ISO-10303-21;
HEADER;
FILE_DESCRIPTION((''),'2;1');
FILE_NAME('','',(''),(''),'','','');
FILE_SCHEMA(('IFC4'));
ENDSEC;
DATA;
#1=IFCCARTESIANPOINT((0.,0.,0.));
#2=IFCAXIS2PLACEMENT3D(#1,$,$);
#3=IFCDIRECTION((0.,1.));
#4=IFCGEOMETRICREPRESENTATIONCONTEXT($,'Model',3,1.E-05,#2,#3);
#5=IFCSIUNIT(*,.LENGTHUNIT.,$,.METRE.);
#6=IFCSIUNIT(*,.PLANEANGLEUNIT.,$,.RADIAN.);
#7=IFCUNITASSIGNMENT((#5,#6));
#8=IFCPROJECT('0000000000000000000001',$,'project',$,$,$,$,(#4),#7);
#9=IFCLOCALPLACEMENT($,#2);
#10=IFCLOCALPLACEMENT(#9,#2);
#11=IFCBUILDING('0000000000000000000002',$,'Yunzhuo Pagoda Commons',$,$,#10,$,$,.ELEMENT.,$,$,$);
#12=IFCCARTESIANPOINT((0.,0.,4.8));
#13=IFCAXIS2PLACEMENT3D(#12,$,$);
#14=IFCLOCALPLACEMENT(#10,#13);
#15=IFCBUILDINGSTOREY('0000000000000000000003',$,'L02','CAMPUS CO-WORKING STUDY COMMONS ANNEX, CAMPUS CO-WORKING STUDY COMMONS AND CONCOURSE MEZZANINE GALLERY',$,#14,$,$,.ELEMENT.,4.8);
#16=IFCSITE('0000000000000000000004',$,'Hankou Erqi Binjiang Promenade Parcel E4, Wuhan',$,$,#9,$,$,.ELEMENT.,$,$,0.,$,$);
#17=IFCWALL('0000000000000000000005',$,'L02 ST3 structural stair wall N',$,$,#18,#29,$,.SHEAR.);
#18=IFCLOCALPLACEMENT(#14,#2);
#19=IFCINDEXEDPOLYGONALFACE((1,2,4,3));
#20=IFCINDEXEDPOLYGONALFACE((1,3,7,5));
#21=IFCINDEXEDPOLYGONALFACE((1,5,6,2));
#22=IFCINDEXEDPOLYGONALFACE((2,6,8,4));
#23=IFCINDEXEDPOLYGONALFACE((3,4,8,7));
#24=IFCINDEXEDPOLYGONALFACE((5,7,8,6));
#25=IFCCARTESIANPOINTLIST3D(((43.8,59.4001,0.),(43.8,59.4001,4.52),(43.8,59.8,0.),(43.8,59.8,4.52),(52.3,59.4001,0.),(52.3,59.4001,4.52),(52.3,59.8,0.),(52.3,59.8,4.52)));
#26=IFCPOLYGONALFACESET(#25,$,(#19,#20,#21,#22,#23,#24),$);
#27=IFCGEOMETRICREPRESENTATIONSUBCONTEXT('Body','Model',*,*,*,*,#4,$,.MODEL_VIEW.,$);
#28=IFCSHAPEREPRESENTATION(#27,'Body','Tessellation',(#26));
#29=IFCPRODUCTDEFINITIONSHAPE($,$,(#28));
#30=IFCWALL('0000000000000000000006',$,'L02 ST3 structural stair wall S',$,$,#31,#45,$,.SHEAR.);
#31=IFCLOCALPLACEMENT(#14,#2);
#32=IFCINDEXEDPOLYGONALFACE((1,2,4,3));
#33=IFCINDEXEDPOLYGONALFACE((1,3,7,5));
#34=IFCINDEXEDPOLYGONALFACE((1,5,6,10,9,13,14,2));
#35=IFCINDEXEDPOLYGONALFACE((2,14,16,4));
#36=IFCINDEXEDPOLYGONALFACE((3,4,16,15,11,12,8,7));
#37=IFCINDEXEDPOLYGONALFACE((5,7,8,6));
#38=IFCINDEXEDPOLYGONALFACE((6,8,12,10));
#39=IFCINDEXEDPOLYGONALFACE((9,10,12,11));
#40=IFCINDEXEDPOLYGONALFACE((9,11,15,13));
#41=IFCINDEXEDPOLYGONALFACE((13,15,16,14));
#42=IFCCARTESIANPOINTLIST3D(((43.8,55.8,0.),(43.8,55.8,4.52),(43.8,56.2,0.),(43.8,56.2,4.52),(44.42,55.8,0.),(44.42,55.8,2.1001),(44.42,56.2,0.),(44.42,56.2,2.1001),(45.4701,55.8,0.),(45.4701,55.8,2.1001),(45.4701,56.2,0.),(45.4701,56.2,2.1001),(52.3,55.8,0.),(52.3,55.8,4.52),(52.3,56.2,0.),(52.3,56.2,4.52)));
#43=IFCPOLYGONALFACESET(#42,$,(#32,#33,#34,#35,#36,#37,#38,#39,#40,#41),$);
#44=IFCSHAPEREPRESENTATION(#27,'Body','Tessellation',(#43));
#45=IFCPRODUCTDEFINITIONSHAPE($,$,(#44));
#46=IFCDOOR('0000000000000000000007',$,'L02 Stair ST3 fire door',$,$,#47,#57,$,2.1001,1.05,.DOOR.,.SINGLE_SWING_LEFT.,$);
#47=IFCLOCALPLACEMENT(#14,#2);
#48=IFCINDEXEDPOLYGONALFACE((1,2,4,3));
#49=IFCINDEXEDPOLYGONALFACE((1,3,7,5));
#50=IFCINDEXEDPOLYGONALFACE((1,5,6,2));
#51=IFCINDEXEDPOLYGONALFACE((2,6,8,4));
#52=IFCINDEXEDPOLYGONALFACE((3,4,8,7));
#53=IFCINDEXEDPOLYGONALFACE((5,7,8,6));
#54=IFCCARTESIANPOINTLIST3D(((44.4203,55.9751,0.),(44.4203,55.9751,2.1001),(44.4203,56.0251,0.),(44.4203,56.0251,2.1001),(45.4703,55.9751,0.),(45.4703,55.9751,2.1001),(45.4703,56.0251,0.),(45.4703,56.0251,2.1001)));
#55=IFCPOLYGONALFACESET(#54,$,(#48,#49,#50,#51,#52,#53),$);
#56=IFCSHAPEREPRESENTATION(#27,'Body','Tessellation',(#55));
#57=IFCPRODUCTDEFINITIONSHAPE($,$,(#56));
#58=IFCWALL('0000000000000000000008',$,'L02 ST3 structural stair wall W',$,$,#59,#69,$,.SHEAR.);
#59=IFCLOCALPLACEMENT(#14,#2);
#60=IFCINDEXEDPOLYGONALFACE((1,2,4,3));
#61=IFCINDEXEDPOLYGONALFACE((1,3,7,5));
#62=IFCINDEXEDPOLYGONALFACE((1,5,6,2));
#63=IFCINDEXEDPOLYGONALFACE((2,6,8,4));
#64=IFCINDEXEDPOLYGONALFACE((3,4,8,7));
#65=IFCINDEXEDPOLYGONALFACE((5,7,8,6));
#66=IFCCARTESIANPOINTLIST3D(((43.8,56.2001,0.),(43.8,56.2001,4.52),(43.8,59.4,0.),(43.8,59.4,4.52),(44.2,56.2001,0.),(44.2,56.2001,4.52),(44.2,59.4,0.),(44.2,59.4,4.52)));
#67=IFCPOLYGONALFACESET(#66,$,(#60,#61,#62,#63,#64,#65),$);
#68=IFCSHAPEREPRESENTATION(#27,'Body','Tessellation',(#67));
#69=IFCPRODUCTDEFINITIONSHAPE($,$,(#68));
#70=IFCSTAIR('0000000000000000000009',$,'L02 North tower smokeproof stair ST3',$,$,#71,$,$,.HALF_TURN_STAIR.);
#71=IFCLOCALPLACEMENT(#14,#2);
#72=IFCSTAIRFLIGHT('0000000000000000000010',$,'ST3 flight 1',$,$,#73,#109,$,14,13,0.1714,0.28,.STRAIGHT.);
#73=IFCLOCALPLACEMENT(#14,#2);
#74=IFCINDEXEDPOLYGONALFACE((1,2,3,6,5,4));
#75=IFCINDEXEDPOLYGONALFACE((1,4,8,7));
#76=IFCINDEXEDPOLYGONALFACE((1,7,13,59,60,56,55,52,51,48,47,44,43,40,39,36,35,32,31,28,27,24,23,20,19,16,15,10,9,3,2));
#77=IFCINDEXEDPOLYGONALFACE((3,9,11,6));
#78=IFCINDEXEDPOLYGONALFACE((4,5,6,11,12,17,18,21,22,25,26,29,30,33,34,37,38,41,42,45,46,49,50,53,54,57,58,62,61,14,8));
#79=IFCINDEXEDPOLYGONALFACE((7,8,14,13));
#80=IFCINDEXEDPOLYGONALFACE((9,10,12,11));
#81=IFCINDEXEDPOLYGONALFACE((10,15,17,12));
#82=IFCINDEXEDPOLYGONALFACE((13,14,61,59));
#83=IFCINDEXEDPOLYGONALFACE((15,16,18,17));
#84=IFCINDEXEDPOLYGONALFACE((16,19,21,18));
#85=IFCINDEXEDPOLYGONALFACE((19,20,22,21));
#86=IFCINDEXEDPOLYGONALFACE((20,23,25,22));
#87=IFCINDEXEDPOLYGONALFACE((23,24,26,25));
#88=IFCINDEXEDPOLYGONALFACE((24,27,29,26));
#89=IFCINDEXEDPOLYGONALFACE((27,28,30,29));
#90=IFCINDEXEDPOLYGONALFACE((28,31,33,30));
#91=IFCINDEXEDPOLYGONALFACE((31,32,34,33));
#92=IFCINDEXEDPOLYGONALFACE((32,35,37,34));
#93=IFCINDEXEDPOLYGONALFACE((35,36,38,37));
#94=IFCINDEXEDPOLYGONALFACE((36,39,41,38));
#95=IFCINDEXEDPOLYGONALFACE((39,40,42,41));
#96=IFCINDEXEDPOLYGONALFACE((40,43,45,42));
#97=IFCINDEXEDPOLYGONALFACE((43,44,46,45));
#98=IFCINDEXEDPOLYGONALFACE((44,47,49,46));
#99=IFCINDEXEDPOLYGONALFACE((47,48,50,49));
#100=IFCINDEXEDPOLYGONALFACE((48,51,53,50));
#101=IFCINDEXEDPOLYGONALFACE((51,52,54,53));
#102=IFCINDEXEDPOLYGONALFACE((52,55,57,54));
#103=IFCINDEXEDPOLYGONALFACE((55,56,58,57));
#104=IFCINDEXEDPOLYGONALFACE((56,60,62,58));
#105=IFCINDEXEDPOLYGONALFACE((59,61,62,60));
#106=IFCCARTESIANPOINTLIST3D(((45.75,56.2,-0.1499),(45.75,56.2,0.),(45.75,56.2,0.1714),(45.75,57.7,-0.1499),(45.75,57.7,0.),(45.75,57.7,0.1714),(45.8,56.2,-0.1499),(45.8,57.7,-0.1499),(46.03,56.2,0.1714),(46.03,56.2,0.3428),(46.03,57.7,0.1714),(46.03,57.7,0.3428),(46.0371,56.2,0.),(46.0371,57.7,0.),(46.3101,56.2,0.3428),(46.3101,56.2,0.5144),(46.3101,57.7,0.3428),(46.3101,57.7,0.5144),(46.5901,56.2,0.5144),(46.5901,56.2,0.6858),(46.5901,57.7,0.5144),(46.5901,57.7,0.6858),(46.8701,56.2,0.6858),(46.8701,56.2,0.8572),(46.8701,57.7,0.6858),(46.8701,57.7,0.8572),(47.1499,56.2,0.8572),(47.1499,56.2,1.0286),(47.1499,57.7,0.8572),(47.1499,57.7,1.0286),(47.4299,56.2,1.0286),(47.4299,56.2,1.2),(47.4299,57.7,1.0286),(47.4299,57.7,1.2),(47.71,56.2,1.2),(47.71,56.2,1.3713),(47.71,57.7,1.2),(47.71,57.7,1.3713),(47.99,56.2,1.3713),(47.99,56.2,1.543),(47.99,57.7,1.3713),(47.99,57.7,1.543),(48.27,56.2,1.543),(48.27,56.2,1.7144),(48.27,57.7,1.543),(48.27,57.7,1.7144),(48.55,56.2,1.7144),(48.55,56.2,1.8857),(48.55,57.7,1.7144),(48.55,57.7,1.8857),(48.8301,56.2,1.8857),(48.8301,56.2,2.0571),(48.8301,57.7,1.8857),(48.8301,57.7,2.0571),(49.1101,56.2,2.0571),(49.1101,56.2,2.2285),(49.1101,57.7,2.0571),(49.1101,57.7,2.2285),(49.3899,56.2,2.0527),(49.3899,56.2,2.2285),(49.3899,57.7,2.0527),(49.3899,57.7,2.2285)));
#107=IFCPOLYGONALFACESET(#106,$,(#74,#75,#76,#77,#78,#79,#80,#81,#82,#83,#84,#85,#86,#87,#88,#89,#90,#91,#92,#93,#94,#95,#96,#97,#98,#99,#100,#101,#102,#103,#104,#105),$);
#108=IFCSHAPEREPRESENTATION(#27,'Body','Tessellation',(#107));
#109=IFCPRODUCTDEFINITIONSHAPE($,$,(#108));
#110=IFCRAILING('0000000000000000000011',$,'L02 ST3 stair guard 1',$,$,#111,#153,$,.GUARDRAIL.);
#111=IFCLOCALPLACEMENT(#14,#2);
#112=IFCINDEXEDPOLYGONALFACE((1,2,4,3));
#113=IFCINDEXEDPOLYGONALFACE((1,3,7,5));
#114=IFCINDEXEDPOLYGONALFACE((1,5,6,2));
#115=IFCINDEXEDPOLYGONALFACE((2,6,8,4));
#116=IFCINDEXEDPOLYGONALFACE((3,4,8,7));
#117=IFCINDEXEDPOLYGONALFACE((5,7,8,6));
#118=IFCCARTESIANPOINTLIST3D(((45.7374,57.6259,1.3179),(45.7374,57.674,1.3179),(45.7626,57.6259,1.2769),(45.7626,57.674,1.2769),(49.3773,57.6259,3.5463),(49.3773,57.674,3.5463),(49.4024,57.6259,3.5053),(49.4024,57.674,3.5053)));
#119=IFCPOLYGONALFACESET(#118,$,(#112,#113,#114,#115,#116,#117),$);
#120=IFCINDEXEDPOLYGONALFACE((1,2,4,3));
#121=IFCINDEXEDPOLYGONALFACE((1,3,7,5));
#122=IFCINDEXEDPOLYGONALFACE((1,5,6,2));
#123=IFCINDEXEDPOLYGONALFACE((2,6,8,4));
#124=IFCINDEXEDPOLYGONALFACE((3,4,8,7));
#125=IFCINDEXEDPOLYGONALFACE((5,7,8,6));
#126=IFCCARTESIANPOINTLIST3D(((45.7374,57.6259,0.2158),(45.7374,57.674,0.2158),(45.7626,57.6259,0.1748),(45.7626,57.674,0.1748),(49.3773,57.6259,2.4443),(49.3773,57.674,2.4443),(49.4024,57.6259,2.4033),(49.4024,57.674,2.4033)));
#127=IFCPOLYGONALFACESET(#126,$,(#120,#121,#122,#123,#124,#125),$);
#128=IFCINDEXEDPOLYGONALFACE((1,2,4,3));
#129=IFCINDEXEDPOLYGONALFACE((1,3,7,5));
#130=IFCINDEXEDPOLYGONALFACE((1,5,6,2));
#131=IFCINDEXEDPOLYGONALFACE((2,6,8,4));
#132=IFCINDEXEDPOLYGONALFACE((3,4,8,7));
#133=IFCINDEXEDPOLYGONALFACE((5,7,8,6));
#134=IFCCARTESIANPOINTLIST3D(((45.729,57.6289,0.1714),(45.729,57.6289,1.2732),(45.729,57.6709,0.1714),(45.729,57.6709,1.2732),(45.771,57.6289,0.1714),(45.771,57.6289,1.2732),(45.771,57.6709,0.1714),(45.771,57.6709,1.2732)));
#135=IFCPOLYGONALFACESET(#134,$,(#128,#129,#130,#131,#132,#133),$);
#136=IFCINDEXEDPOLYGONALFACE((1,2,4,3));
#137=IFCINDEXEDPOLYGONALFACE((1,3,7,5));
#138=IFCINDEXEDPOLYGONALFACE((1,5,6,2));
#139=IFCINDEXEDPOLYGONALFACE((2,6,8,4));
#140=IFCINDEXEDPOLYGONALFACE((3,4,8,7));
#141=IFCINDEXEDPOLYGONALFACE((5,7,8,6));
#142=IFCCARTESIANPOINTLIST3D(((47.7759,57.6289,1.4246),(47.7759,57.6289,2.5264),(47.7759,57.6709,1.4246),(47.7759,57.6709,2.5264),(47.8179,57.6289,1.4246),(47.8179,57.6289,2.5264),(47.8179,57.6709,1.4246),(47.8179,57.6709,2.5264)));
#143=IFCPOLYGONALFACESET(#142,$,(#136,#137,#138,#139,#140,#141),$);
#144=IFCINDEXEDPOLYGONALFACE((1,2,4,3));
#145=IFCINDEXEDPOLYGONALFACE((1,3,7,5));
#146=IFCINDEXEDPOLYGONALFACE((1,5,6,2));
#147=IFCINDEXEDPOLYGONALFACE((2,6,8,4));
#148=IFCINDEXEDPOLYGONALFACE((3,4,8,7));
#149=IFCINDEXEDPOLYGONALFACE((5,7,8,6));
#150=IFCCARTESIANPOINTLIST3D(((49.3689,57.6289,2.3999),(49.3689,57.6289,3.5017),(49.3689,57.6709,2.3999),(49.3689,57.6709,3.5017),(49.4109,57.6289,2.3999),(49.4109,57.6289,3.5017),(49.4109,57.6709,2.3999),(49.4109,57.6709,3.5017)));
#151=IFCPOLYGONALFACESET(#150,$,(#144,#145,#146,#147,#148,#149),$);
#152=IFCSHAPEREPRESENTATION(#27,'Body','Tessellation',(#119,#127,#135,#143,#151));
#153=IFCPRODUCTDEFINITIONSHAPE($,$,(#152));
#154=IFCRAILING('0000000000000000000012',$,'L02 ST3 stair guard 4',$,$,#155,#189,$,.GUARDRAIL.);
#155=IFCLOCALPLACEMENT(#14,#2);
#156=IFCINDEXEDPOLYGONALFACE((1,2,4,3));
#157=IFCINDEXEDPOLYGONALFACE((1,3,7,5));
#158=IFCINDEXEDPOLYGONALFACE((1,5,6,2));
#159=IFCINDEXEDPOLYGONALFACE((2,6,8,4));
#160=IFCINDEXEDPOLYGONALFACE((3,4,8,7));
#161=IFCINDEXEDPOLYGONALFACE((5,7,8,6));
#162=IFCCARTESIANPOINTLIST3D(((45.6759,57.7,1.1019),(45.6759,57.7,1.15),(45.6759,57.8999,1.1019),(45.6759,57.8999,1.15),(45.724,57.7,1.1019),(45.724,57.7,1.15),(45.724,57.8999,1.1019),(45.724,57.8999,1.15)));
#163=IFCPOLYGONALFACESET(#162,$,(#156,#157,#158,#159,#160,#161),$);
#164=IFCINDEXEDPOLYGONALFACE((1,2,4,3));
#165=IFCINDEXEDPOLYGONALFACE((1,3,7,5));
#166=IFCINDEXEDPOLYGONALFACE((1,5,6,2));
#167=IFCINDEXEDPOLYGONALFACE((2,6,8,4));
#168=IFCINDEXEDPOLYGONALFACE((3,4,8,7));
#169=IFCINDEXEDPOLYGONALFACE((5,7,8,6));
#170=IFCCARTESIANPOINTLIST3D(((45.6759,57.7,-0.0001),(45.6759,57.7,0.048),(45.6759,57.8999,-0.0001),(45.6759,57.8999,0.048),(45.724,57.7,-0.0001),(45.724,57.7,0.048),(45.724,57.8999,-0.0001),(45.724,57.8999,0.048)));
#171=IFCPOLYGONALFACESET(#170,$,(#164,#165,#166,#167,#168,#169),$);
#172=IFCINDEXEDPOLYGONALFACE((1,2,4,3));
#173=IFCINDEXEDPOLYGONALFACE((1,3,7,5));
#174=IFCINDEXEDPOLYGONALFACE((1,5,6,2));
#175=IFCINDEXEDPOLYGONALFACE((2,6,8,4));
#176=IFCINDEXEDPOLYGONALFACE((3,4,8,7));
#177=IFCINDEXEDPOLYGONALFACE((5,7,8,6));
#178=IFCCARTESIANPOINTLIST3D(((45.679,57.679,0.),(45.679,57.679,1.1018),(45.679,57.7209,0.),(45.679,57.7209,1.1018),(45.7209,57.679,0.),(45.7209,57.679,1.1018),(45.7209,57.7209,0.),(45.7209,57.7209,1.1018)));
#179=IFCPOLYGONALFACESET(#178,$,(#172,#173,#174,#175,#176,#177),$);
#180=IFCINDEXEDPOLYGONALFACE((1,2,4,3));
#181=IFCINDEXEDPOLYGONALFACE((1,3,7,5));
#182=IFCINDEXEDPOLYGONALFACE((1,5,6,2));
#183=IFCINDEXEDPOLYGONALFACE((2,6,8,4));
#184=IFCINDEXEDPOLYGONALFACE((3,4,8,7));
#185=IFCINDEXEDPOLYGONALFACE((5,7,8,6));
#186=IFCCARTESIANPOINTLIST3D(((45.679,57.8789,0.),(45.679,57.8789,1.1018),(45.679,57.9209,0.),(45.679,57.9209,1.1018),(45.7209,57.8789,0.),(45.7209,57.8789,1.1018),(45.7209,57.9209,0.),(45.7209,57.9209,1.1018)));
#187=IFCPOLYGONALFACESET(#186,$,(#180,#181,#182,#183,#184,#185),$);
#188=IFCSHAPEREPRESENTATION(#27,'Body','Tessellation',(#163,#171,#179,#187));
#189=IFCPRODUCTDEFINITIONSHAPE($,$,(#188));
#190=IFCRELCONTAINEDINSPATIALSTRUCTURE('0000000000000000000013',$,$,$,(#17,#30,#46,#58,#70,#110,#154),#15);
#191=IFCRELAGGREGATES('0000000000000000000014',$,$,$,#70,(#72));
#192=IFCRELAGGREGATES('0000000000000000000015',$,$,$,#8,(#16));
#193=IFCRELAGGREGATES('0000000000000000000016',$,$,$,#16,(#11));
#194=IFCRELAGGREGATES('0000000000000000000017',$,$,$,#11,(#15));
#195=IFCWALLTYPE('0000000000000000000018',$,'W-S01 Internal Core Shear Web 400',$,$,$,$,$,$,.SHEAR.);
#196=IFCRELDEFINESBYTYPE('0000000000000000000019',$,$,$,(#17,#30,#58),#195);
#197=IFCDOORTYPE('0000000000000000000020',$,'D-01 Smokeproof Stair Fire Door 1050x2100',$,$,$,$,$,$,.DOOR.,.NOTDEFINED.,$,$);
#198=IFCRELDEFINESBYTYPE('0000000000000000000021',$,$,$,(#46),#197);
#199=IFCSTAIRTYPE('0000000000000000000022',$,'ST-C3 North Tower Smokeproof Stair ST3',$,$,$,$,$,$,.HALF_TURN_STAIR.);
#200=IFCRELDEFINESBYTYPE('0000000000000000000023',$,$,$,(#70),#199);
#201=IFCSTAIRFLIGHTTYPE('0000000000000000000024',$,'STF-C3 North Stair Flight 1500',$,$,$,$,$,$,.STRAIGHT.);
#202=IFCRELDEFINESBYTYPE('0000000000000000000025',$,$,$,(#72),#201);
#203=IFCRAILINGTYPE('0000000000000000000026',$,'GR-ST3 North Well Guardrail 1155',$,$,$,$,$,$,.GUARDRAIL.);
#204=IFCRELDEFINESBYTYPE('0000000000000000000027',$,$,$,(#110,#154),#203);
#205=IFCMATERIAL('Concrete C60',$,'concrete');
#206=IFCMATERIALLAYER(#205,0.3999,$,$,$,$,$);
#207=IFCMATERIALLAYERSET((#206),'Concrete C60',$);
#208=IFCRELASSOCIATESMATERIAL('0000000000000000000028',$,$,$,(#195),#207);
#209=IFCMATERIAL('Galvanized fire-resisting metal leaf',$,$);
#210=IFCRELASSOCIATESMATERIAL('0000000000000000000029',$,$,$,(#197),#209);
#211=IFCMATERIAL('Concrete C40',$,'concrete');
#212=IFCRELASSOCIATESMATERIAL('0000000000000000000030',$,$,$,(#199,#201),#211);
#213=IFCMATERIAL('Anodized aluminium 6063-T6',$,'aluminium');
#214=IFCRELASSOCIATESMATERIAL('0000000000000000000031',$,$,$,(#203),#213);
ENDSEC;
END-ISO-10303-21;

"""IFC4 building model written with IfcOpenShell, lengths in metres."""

from ifc_helpers import new_model, si_unit, direction, frame, frame_2d, origin, origin_2d, place, context, subcontext, project, spatial, polyline, rectangle, outline, extrude, source, transform, mapped, material, layer, layer_set, type_object, element, fill, aggregate, save


model = new_model("IFC4")

# Units and contexts
model_context = context("Model", 3, precision=1e-05, world=origin(), true_north=direction((0.0, 1.0)))
body_context = subcontext(model_context, "Body", "Model", "MODEL_VIEW")
ifc_project = project(units=[si_unit("LENGTHUNIT", "METRE"), si_unit("PLANEANGLEUNIT", "RADIAN")], contexts=[model_context])

# Site, building, storey
site_placement = place(None, origin())
site = spatial("IfcSite", under=ifc_project, at=site_placement, Name="Hankou Erqi Binjiang Promenade Parcel E4, Wuhan", CompositionType="ELEMENT", RefElevation=0.0)
building_placement = place(site_placement, origin())
building = spatial("IfcBuilding", under=site, at=building_placement, Name="Yunzhuo Pagoda Commons", CompositionType="ELEMENT")
storey_placement = place(building_placement, frame((0.0, 0.0, 4.8)))
storey = spatial("IfcBuildingStorey", under=building, at=storey_placement, Name="L02", Description="CAMPUS CO-WORKING STUDY COMMONS ANNEX, CAMPUS CO-WORKING STUDY COMMONS AND CONCOURSE MEZZANINE GALLERY", CompositionType="ELEMENT", Elevation=4.8)

# Shared definitions
ifc_material_1 = material(Name="Concrete C60", Category="concrete")
ifc_material_2 = material(Name="Galvanized fire-resisting metal leaf")
shared_shape_1 = source(origin(), body_context, "Body", "SweptSolid", [
    extrude(rectangle(XDim=1.05, YDim=2.1001, at=frame_2d((0.5249, 1.05))), frame((0.0, 0.0249, 0.0), z_axis=(0.0, -1.0, 0.0), x_axis=(1.0, 0.0, 0.0)), (0.0, 0.0, 1.0), 0.05),
])

# Wall
ifc_layer_1 = layer(ifc_material_1, 0.3999)
ifc_layer_set_1 = layer_set([ifc_layer_1], Name="Concrete C60")
wall_type_1 = type_object("IfcWallType", Name="W-S01 Internal Core Shear Web 400", PredefinedType="SHEAR", material=ifc_layer_set_1)
wall_1_placement = place(storey_placement, frame((43.8, 59.6001, 0.0), z_axis=(0.0, 0.0, 1.0), x_axis=(1.0, 0.0, 0.0)))
element("IfcWall", 1, at=wall_1_placement, inside=storey, type_object=wall_type_1, Name="L02 ST3 structural stair wall N", PredefinedType="SHEAR", context=body_context, shape_type="SweptSolid", body=[
    extrude(rectangle(XDim=8.5, YDim=0.3999, at=frame_2d((4.25, 0.0))), origin(), (0.0, 0.0, 1.0), 4.52),
])

# Wall, opening, door
wall_2_placement = place(storey_placement, frame((43.8, 56.0, 0.0), z_axis=(0.0, 0.0, 1.0), x_axis=(1.0, 0.0, 0.0)))
wall_2 = element("IfcWall", 2, at=wall_2_placement, inside=storey, type_object=wall_type_1, Name="L02 ST3 structural stair wall S", PredefinedType="SHEAR", context=body_context, shape_type="SweptSolid", body=[
    extrude(rectangle(XDim=8.5, YDim=0.3999, at=frame_2d((4.25, 0.0))), origin(), (0.0, 0.0, 1.0), 4.52),
])
opening_1_placement = place(wall_2_placement, frame((0.6201, 0.0, 0.0)))
opening_1 = element("IfcOpeningElement", 3, at=opening_1_placement, cuts=wall_2, PredefinedType="OPENING", context=body_context, shape_type="SweptSolid", body=[
    extrude(rectangle(XDim=1.05, YDim=2.1001, at=frame_2d((0.5249, 1.05))), frame((0.0, 0.21, 0.0), z_axis=(0.0, -1.0, 0.0), x_axis=(1.0, 0.0, 0.0)), (0.0, 0.0, 1.0), 0.4199),
])
door_type_1 = type_object("IfcDoorType", Name="D-01 Smokeproof Stair Fire Door 1050x2100", OperationType="NOTDEFINED", PredefinedType="DOOR", material=ifc_material_2)
door_1_placement = place(opening_1_placement, frame((1.05, 0.0, 0.0), z_axis=(0.0, 0.0, 1.0), x_axis=(-1.0, 0.0, 0.0)))
door_1 = element("IfcDoor", 4, at=door_1_placement, inside=storey, type_object=door_type_1, Name="L02 Stair ST3 fire door", OperationType="SINGLE_SWING_LEFT", OverallHeight=2.1001, OverallWidth=1.05, PredefinedType="DOOR", context=body_context, shape_type="MappedRepresentation", body=[
    mapped(shared_shape_1, transform((0.0, 0.0, 0.0), scale=1.0)),
])
fill(opening_1, door_1)

# Wall
wall_3_placement = place(storey_placement, frame((44.0, 56.2, 0.0), z_axis=(0.0, 0.0, 1.0), x_axis=(0.0, 1.0, 0.0)))
element("IfcWall", 5, at=wall_3_placement, inside=storey, type_object=wall_type_1, Name="L02 ST3 structural stair wall W", PredefinedType="SHEAR", context=body_context, shape_type="SweptSolid", body=[
    extrude(rectangle(XDim=3.2, YDim=0.3999, at=frame_2d((1.6001, 0.0))), origin(), (0.0, 0.0, 1.0), 4.52),
])

# Stair, stair flight
ifc_material_3 = material(Name="Concrete C40", Category="concrete")
stair_type = type_object("IfcStairType", Name="ST-C3 North Tower Smokeproof Stair ST3", PredefinedType="HALF_TURN_STAIR", material=ifc_material_3)
stair_placement = place(storey_placement, origin())
stair = element("IfcStair", 6, at=stair_placement, inside=storey, type_object=stair_type, Name="L02 North tower smokeproof stair ST3", PredefinedType="HALF_TURN_STAIR")
stair_flight_type = type_object("IfcStairFlightType", Name="STF-C3 North Stair Flight 1500", PredefinedType="STRAIGHT", material=ifc_material_3)
shared_shape_2 = source(origin(), body_context, "Body", "SweptSolid", [
    extrude(outline(polyline([(0.0, -0.1499), (0.0, 0.0), (0.0, 0.1714), (0.28, 0.1714), (0.28, 0.3428), (0.5601, 0.3428), (0.5601, 0.5144), (0.8401, 0.5144), (0.8401, 0.6858), (1.1201, 0.6858), (1.1201, 0.8572), (1.3999, 0.8572), (1.3999, 1.0286), (1.6799, 1.0286), (1.6799, 1.2), (1.96, 1.2), (1.96, 1.3713), (2.24, 1.3713), (2.24, 1.543), (2.52, 1.543), (2.52, 1.7144), (2.8, 1.7144), (2.8, 1.8857), (3.0801, 1.8857), (3.0801, 2.0571), (3.3601, 2.0571), (3.3601, 2.2285), (3.6399, 2.2285), (3.6399, 2.3999), (3.6399, 2.0527), (0.2871, 0.0), (0.05, -0.1499), (0.0, -0.1499)])), frame((0.0, 0.75, 0.0), z_axis=(0.0, -1.0, 0.0), x_axis=(1.0, 0.0, 0.0)), (0.0, 0.0, 1.0), 1.5),
])
stair_flight_placement = place(storey_placement, frame((45.75, 56.95, 0.0), z_axis=(0.0, 0.0, 1.0), x_axis=(1.0, 0.0, 0.0)))
stair_flight = element("IfcStairFlight", 7, at=stair_flight_placement, type_object=stair_flight_type, Name="ST3 flight 1", NumberOfRisers=14, NumberOfTreads=13, PredefinedType="STRAIGHT", RiserHeight=0.1714, TreadLength=0.28, context=body_context, shape_type="MappedRepresentation", body=[
    mapped(shared_shape_2, transform((0.0, 0.0, 0.0), scale=1.0)),
])
aggregate(stair, [stair_flight])

# Railings
ifc_material_4 = material(Name="Anodized aluminium 6063-T6", Category="aluminium")
railing_type_1 = type_object("IfcRailingType", Name="GR-ST3 North Well Guardrail 1155", PredefinedType="GUARDRAIL", material=ifc_material_4)
railing_1_placement = place(storey_placement, frame((45.75, 57.6499, 0.1714)))
element("IfcRailing", 8, at=railing_1_placement, inside=storey, type_object=railing_type_1, Name="L02 ST3 stair guard 1", PredefinedType="GUARDRAIL", context=body_context, shape_type="SweptSolid", body=[
    extrude(rectangle(XDim=0.0481, YDim=0.0481, at=origin_2d()), frame((0.0, 0.0, 1.126), z_axis=(0.85285, 0.0, 0.522156), x_axis=(0.0, 1.0, 0.0)), (0.0, 0.0, 1.0), 4.2678),
    extrude(rectangle(XDim=0.0481, YDim=0.0481, at=origin_2d()), frame((0.0, 0.0, 0.0239), z_axis=(0.85285, 0.0, 0.522156), x_axis=(0.0, 1.0, 0.0)), (0.0, 0.0, 1.0), 4.2678),
    extrude(rectangle(XDim=0.042, YDim=0.042, at=origin_2d()), origin(), (0.0, 0.0, 1.0), 1.1018),
    extrude(rectangle(XDim=0.042, YDim=0.042, at=origin_2d()), frame((2.0469, 0.0, 1.2532)), (0.0, 0.0, 1.0), 1.1018),
    extrude(rectangle(XDim=0.042, YDim=0.042, at=origin_2d()), frame((3.6399, 0.0, 2.2285)), (0.0, 0.0, 1.0), 1.1018),
])
railing_2_placement = place(storey_placement, frame((45.7, 57.7, 0.0)))
element("IfcRailing", 9, at=railing_2_placement, inside=storey, type_object=railing_type_1, Name="L02 ST3 stair guard 4", PredefinedType="GUARDRAIL", context=body_context, shape_type="SweptSolid", body=[
    extrude(rectangle(XDim=0.0481, YDim=0.0481, at=origin_2d()), frame((0.0, 0.0, 1.126), z_axis=(0.0, 1.0, 0.0), x_axis=(-1.0, 0.0, 0.0)), (0.0, 0.0, 1.0), 0.2),
    extrude(rectangle(XDim=0.0481, YDim=0.0481, at=origin_2d()), frame((0.0, 0.0, 0.0239), z_axis=(0.0, 1.0, 0.0), x_axis=(-1.0, 0.0, 0.0)), (0.0, 0.0, 1.0), 0.2),
    extrude(rectangle(XDim=0.042, YDim=0.042, at=origin_2d()), origin(), (0.0, 0.0, 1.0), 1.1018),
    extrude(rectangle(XDim=0.042, YDim=0.042, at=origin_2d()), frame((0.0, 0.2, 0.0)), (0.0, 0.0, 1.0), 1.1018),
])

save(model, "model.ifc")
